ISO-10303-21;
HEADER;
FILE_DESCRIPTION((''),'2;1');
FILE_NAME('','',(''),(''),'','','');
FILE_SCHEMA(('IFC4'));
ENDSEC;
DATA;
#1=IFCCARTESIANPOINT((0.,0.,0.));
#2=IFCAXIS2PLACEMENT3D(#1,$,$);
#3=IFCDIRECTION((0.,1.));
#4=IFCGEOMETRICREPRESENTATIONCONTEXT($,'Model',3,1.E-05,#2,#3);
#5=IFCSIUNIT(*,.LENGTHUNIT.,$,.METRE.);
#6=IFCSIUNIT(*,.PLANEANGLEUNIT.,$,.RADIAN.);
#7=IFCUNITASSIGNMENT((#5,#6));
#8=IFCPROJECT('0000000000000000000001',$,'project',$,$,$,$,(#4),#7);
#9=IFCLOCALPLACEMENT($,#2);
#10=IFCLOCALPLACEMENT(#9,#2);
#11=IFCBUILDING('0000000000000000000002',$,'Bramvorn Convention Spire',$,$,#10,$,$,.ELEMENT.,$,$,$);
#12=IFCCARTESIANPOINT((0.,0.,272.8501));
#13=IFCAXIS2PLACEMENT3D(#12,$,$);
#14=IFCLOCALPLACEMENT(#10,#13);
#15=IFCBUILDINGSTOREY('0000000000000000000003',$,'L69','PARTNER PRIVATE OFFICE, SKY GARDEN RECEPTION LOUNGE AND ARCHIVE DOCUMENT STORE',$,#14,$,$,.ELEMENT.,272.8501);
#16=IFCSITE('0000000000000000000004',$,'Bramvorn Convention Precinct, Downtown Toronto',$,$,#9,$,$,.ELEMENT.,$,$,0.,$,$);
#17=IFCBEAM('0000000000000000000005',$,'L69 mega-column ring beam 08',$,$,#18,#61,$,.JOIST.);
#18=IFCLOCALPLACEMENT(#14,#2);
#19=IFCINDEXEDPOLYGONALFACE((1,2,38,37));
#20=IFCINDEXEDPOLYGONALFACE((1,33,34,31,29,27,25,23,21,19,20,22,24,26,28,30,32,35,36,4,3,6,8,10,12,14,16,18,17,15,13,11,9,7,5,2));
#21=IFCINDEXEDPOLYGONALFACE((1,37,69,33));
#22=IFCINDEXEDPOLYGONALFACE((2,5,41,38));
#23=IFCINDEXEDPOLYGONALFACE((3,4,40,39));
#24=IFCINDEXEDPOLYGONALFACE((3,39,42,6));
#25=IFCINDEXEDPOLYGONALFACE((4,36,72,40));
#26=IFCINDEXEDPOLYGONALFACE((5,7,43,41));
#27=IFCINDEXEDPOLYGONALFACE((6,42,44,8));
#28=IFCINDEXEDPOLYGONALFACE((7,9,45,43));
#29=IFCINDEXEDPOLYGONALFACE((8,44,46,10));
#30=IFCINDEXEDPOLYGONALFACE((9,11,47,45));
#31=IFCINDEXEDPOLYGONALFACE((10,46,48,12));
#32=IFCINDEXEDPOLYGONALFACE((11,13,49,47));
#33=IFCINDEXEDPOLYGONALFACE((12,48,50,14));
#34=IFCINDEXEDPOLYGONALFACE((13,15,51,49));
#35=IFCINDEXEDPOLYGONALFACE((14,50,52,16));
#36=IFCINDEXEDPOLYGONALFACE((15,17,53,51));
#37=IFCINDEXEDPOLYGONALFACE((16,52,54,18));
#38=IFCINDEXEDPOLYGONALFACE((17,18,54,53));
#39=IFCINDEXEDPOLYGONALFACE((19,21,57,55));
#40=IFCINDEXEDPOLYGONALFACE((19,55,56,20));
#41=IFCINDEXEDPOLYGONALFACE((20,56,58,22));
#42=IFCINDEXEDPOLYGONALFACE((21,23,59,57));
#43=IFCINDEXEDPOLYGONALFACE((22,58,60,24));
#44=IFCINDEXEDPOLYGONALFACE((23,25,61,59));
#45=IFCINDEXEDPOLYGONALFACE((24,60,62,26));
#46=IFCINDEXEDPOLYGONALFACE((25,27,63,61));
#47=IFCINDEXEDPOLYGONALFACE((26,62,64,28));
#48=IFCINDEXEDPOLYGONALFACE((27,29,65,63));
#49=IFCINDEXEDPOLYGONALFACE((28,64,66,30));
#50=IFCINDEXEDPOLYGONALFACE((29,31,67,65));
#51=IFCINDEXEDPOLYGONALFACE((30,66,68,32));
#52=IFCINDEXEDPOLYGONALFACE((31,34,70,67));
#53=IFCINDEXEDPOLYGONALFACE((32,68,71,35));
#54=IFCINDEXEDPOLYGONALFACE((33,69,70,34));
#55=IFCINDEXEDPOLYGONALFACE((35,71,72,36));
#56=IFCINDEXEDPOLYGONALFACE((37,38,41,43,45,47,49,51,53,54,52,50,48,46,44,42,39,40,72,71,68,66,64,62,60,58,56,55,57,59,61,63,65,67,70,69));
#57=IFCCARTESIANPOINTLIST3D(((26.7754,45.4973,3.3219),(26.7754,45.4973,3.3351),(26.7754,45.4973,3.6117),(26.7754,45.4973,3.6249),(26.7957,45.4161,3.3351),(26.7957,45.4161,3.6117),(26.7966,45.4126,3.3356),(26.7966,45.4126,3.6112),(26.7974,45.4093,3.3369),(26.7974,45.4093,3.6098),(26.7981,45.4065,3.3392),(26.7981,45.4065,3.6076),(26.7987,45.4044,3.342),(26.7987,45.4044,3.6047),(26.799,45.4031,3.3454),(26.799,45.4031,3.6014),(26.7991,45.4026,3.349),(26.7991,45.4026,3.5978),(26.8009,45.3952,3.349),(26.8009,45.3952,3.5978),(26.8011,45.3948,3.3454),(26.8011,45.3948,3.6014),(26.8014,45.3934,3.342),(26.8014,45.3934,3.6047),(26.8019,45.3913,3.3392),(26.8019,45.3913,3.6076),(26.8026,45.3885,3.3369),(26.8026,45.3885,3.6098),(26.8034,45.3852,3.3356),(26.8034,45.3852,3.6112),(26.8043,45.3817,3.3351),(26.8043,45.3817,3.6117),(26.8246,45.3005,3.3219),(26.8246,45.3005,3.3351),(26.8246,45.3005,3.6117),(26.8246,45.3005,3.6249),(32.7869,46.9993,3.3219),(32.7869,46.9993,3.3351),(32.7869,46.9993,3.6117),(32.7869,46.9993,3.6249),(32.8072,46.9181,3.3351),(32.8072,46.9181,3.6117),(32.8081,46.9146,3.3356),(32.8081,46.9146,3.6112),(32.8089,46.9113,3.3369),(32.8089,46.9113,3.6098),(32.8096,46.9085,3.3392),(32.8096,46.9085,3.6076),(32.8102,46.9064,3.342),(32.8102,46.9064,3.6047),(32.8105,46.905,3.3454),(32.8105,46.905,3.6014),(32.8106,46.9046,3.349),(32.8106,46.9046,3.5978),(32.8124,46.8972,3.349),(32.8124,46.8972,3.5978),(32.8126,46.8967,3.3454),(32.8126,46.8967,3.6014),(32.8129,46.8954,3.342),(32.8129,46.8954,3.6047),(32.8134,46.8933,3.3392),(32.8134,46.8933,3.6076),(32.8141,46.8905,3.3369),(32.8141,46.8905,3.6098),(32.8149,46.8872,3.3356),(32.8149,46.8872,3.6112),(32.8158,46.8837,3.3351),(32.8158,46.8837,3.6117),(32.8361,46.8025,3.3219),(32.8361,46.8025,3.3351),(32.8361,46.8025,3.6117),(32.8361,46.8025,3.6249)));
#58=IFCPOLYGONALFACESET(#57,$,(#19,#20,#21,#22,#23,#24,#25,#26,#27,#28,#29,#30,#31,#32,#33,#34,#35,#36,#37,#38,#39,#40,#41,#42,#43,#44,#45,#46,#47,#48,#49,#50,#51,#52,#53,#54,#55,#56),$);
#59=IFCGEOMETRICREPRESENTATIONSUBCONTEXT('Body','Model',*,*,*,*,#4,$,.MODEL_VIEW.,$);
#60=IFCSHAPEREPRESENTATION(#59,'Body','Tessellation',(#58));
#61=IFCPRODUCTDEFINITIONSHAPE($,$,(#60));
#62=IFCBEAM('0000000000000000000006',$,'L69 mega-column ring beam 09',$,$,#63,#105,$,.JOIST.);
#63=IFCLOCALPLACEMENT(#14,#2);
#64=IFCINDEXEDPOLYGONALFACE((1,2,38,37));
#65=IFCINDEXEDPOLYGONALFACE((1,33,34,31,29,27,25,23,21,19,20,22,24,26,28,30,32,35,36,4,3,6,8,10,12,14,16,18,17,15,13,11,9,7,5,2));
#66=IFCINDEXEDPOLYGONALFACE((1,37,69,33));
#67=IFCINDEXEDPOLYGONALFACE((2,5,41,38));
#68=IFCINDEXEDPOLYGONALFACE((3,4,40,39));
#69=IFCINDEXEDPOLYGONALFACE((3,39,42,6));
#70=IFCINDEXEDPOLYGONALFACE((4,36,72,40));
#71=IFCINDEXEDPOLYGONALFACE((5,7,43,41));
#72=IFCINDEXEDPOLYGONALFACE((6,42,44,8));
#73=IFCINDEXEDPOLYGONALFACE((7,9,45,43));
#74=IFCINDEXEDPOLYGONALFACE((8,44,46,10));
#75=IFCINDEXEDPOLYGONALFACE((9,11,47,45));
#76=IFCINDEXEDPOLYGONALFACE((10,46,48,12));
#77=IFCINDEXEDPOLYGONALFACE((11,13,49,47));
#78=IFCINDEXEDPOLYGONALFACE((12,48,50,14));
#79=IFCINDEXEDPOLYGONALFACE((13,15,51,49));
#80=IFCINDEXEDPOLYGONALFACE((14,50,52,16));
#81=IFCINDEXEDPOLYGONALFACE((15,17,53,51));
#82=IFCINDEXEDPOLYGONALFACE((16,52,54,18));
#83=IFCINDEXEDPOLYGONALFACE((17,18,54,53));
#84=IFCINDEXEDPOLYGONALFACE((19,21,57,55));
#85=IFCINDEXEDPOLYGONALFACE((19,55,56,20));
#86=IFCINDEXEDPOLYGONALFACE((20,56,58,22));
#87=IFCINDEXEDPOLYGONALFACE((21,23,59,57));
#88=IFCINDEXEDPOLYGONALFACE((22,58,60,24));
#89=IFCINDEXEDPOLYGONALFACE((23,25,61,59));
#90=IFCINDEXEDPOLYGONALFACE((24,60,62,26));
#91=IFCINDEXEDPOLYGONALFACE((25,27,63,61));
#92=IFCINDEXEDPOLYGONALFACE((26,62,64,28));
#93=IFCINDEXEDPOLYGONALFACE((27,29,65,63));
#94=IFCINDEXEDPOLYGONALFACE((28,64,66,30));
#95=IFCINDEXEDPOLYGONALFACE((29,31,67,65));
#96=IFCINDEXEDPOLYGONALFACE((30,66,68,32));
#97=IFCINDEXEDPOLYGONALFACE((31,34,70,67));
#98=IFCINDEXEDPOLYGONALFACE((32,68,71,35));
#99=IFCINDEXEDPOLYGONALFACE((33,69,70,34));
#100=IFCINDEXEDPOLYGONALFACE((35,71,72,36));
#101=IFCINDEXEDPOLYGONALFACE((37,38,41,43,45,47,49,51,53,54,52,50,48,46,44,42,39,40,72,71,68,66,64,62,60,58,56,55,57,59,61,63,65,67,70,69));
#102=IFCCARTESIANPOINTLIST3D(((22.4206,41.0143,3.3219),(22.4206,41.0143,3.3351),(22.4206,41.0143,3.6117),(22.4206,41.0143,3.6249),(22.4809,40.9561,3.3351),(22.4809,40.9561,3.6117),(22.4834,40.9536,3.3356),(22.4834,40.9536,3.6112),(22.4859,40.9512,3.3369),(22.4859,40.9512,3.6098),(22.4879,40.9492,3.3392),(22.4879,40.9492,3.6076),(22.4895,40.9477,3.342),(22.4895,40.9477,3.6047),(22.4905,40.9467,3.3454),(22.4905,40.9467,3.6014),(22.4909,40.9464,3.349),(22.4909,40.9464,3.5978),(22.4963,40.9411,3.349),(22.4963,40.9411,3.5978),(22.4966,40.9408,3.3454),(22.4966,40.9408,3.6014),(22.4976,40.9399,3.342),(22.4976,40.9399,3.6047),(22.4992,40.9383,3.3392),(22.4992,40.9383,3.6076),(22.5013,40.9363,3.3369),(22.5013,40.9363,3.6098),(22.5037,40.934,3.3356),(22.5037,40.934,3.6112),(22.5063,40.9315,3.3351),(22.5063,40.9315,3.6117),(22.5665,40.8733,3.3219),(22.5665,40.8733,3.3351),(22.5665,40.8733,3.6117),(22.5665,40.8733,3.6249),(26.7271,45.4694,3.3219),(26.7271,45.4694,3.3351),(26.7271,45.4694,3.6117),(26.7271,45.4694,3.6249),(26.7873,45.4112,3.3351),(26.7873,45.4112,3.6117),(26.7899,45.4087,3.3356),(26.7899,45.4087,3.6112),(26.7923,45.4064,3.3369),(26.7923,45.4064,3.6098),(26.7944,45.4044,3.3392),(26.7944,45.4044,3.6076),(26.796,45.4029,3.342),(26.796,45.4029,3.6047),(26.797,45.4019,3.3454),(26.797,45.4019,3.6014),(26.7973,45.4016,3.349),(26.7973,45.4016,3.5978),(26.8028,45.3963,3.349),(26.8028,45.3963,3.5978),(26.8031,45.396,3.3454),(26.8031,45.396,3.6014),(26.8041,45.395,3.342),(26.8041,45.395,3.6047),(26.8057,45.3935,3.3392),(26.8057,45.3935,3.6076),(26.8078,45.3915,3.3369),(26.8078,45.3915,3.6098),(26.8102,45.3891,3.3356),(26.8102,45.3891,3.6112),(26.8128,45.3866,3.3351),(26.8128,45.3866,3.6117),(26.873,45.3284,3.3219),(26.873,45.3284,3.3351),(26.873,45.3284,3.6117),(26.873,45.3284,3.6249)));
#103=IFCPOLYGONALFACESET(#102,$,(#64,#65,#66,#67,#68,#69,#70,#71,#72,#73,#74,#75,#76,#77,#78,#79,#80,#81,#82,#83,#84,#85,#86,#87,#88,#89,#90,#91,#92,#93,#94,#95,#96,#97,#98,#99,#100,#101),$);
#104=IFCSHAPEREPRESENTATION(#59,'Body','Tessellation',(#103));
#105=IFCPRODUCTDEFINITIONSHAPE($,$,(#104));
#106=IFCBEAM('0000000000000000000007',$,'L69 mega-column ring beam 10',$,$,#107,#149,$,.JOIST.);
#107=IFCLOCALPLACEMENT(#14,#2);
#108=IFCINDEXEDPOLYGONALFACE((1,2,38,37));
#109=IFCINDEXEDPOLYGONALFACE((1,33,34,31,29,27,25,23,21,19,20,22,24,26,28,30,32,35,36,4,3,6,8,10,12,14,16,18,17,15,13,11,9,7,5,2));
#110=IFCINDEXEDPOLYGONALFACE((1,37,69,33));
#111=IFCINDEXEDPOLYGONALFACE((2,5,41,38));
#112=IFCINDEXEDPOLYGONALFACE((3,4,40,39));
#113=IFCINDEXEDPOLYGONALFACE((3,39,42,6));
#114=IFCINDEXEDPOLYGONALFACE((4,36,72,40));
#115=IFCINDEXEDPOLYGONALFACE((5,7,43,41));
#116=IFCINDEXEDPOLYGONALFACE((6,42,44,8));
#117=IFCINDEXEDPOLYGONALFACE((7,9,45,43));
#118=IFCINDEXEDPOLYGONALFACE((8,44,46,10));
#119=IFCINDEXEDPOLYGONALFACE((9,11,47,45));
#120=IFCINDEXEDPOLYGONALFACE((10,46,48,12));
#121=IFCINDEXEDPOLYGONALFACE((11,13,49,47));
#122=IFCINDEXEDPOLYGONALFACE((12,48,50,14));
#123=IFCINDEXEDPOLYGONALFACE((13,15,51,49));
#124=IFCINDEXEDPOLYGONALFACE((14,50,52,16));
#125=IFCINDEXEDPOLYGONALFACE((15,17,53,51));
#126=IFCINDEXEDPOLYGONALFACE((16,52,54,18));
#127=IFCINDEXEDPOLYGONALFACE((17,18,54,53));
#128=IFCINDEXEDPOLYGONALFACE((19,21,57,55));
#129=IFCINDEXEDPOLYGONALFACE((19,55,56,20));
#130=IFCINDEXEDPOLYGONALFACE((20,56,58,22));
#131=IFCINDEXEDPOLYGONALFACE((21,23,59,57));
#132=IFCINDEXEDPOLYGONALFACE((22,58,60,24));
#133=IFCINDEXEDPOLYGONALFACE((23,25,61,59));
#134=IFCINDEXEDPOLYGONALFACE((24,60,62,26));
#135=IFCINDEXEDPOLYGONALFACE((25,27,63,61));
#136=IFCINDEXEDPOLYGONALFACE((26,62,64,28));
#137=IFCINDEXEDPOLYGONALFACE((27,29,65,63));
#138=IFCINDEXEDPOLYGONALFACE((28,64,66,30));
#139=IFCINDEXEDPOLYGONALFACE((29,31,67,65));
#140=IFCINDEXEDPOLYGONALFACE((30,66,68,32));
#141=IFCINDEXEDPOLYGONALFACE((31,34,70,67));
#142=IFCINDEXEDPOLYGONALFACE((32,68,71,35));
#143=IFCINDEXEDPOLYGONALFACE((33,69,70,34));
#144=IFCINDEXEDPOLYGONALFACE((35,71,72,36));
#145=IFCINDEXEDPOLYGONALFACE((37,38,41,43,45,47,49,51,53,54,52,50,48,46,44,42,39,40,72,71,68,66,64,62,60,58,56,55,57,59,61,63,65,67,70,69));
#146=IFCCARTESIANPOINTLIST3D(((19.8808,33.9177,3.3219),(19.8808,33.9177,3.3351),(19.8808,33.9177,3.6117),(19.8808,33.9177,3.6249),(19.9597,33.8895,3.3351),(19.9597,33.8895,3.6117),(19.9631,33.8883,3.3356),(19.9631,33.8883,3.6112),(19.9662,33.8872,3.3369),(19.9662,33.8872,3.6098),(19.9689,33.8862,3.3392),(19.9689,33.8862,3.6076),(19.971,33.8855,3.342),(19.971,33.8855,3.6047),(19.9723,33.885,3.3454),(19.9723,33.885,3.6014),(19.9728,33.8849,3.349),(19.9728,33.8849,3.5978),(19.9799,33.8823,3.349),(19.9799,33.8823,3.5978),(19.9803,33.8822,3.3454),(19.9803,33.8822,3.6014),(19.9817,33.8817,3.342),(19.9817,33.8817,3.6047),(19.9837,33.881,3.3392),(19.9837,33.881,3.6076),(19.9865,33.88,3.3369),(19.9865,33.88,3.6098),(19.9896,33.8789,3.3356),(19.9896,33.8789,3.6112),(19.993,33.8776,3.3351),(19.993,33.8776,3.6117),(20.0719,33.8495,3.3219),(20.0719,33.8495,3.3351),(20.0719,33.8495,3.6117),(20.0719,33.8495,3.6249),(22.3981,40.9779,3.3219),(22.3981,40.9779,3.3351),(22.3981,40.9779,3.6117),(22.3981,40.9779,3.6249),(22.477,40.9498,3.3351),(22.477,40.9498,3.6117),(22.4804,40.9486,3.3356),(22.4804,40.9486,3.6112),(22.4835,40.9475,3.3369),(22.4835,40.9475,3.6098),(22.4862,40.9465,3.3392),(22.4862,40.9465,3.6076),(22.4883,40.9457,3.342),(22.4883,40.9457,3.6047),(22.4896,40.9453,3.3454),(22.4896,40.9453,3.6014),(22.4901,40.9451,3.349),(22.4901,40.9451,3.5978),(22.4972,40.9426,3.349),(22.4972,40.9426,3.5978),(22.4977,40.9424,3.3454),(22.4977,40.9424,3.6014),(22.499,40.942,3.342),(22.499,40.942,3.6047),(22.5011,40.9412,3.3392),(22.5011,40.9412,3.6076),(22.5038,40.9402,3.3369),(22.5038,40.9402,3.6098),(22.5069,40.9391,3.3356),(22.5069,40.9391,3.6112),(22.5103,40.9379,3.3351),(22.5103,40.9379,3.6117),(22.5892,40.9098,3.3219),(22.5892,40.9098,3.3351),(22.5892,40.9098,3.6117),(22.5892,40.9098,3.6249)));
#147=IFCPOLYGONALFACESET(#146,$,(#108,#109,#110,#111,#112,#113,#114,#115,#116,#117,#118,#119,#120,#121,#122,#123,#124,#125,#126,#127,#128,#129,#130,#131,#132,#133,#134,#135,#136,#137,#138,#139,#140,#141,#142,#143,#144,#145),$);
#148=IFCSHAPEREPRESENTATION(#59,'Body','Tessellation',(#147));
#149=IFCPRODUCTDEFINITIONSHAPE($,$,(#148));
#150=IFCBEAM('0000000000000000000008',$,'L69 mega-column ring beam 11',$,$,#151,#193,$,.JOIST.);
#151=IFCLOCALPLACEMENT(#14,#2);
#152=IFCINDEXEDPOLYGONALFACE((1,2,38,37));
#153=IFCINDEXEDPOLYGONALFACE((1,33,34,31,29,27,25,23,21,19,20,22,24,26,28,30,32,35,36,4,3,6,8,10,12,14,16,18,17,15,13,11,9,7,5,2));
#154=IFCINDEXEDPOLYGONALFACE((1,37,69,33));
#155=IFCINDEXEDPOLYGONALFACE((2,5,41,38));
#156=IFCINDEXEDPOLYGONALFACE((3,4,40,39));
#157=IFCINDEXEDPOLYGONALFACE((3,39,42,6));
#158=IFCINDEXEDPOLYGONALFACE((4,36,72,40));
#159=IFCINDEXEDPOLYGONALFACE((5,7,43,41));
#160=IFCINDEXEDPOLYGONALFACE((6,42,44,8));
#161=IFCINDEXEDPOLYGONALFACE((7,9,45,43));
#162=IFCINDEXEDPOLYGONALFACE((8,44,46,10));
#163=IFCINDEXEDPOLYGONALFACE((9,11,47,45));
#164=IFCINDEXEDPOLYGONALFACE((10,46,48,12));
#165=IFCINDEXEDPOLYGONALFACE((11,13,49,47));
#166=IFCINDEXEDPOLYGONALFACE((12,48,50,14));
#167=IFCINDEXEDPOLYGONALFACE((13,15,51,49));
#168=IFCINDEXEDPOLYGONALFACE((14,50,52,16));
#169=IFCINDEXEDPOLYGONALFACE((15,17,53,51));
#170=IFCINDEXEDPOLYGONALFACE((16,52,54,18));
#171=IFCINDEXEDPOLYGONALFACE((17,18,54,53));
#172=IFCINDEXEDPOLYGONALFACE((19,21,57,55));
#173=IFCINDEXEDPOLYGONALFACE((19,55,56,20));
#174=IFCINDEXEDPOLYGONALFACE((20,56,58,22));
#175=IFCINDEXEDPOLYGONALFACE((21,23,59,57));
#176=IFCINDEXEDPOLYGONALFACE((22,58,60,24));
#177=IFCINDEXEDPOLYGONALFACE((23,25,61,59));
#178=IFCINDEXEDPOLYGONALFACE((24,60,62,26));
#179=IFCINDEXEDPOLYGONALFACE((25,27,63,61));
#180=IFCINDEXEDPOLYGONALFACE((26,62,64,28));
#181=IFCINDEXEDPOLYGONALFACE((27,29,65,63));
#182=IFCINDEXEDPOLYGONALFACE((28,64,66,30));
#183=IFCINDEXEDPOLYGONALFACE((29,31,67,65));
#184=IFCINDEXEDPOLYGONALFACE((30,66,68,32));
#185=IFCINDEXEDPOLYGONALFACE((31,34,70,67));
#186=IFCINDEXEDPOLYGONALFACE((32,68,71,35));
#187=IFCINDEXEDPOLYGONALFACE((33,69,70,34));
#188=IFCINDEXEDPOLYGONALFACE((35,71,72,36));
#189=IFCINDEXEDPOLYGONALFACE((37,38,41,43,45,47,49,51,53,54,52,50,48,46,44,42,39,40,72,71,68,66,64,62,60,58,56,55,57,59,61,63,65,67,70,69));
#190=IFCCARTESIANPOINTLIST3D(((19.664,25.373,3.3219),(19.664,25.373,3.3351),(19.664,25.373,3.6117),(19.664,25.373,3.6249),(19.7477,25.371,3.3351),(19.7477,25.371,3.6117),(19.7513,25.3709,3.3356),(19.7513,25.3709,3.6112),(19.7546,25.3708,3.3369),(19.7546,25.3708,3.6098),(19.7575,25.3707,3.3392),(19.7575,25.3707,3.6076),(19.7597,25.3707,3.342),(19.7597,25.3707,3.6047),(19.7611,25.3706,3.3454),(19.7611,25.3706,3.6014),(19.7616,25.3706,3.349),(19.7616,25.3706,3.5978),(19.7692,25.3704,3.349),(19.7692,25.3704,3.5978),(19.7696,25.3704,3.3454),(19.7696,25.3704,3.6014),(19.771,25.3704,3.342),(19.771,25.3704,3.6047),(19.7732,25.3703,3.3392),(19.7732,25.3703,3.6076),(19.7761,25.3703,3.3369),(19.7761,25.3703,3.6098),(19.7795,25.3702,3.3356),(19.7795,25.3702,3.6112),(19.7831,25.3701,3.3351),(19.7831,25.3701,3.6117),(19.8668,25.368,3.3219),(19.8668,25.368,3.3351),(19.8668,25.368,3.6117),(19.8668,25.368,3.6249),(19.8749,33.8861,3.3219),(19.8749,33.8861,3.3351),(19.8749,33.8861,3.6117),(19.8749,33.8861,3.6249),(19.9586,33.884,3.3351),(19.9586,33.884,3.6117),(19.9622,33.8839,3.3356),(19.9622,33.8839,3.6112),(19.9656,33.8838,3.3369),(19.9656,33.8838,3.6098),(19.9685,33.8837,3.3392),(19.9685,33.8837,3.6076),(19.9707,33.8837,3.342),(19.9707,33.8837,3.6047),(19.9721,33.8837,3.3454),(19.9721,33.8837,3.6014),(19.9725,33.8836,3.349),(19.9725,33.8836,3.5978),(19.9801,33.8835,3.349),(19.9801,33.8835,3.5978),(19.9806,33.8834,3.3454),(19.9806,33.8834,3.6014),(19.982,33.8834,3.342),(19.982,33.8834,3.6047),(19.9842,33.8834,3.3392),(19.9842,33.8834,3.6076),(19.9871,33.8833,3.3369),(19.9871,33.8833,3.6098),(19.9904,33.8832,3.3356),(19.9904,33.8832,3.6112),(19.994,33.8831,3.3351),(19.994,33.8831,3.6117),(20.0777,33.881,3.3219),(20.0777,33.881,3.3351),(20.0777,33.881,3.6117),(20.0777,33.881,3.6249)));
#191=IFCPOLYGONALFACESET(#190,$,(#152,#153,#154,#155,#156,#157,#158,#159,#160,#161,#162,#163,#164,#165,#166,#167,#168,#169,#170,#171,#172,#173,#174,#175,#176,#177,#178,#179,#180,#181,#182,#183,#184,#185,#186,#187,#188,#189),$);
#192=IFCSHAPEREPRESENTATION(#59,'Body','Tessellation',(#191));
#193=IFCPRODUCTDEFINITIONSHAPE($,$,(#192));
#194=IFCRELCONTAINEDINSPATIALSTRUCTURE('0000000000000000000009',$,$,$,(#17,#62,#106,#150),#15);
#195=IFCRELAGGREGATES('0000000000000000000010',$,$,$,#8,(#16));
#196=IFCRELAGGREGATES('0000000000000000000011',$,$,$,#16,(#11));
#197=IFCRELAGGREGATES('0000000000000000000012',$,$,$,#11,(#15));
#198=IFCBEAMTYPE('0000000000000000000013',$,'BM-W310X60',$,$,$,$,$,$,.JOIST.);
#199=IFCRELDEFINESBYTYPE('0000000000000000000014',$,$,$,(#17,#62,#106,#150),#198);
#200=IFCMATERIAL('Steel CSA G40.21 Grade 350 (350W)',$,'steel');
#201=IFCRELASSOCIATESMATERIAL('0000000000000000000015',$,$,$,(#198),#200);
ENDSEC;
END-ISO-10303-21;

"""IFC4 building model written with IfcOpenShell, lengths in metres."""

from ifc_helpers import new_model, si_unit, direction, frame, origin, origin_2d, place, context, subcontext, project, spatial, i_section, extrude, material, material_profile, profile_set, type_object, element, save


model = new_model("IFC4")

# Units and contexts
model_context = context("Model", 3, precision=1e-05, world=origin(), true_north=direction((0.0, 1.0)))
body_context = subcontext(model_context, "Body", "Model", "MODEL_VIEW")
ifc_project = project(units=[si_unit("LENGTHUNIT", "METRE"), si_unit("PLANEANGLEUNIT", "RADIAN")], contexts=[model_context])

# Site, building, storey
site_placement = place(None, origin())
site = spatial("IfcSite", under=ifc_project, at=site_placement, Name="Bramvorn Convention Precinct, Downtown Toronto", CompositionType="ELEMENT", RefElevation=0.0)
building_placement = place(site_placement, origin())
building = spatial("IfcBuilding", under=site, at=building_placement, Name="Bramvorn Convention Spire", CompositionType="ELEMENT")
storey_placement = place(building_placement, frame((0.0, 0.0, 272.8501)))
storey = spatial("IfcBuildingStorey", under=building, at=storey_placement, Name="L69", Description="PARTNER PRIVATE OFFICE, SKY GARDEN RECEPTION LOUNGE AND ARCHIVE DOCUMENT STORE", CompositionType="ELEMENT", Elevation=272.8501)

# Shared definitions
ifc_material_1 = material(Name="Steel CSA G40.21 Grade 350 (350W)", Category="steel")

# Beams
ifc_material_profile_1 = material_profile(ifc_material_1, i_section(OverallWidth=0.2029, OverallDepth=0.303, WebThickness=0.0076, FlangeThickness=0.0132, FilletRadius=0.0139, at=origin_2d()))
ifc_profile_set_1 = profile_set([ifc_material_profile_1], Name="Steel CSA G40.21 Grade 350 (350W) - W310X60")
beam_type_1 = type_object("IfcBeamType", Name="BM-W310X60", PredefinedType="JOIST", material=ifc_profile_set_1)
for number, where, z_axis, x_axis, name in (
    (1, (32.8115, 46.9009, 3.4734), (-0.970177, -0.242397, 0.0), (0.242397, -0.970177, 0.0), "L69 mega-column ring beam 08"),
    (2, (26.8, 45.3989, 3.4734), (-0.695007, -0.719003, 0.0), (0.719003, -0.695007, 0.0), "L69 mega-column ring beam 09"),
):
    element("IfcBeam", number, at=place(storey_placement, frame(where, z_axis=z_axis, x_axis=x_axis)), inside=storey, type_object=beam_type_1, Name=name, PredefinedType="JOIST", context=body_context, shape_type="SweptSolid", body=[
        extrude(i_section(OverallWidth=0.2029, OverallDepth=0.303, WebThickness=0.0076, FlangeThickness=0.0132, FilletRadius=0.0139, at=origin_2d()), origin(), (0.0, 0.0, 1.0), 6.1963),
    ])
beam_1_placement = place(storey_placement, frame((22.4937, 40.9438, 3.4734), z_axis=(-0.335839, -0.941919, 0.0), x_axis=(0.941919, -0.335839, 0.0)))
element("IfcBeam", 3, at=beam_1_placement, inside=storey, type_object=beam_type_1, Name="L69 mega-column ring beam 10", PredefinedType="JOIST", context=body_context, shape_type="SweptSolid", body=[
    extrude(i_section(OverallWidth=0.2029, OverallDepth=0.303, WebThickness=0.0076, FlangeThickness=0.0132, FilletRadius=0.0139, at=origin_2d()), origin(), (0.0, 0.0, 1.0), 7.4956),
])
beam_2_placement = place(storey_placement, frame((19.9763, 33.8835, 3.4734), z_axis=(-0.024771, -0.999693, 0.0), x_axis=(0.999693, -0.024771, 0.0)))
element("IfcBeam", 4, at=beam_2_placement, inside=storey, type_object=beam_type_1, Name="L69 mega-column ring beam 11", PredefinedType="JOIST", context=body_context, shape_type="SweptSolid", body=[
    extrude(i_section(OverallWidth=0.2029, OverallDepth=0.303, WebThickness=0.0076, FlangeThickness=0.0132, FilletRadius=0.0139, at=origin_2d()), origin(), (0.0, 0.0, 1.0), 8.5156),
])

save(model, "model.ifc")
